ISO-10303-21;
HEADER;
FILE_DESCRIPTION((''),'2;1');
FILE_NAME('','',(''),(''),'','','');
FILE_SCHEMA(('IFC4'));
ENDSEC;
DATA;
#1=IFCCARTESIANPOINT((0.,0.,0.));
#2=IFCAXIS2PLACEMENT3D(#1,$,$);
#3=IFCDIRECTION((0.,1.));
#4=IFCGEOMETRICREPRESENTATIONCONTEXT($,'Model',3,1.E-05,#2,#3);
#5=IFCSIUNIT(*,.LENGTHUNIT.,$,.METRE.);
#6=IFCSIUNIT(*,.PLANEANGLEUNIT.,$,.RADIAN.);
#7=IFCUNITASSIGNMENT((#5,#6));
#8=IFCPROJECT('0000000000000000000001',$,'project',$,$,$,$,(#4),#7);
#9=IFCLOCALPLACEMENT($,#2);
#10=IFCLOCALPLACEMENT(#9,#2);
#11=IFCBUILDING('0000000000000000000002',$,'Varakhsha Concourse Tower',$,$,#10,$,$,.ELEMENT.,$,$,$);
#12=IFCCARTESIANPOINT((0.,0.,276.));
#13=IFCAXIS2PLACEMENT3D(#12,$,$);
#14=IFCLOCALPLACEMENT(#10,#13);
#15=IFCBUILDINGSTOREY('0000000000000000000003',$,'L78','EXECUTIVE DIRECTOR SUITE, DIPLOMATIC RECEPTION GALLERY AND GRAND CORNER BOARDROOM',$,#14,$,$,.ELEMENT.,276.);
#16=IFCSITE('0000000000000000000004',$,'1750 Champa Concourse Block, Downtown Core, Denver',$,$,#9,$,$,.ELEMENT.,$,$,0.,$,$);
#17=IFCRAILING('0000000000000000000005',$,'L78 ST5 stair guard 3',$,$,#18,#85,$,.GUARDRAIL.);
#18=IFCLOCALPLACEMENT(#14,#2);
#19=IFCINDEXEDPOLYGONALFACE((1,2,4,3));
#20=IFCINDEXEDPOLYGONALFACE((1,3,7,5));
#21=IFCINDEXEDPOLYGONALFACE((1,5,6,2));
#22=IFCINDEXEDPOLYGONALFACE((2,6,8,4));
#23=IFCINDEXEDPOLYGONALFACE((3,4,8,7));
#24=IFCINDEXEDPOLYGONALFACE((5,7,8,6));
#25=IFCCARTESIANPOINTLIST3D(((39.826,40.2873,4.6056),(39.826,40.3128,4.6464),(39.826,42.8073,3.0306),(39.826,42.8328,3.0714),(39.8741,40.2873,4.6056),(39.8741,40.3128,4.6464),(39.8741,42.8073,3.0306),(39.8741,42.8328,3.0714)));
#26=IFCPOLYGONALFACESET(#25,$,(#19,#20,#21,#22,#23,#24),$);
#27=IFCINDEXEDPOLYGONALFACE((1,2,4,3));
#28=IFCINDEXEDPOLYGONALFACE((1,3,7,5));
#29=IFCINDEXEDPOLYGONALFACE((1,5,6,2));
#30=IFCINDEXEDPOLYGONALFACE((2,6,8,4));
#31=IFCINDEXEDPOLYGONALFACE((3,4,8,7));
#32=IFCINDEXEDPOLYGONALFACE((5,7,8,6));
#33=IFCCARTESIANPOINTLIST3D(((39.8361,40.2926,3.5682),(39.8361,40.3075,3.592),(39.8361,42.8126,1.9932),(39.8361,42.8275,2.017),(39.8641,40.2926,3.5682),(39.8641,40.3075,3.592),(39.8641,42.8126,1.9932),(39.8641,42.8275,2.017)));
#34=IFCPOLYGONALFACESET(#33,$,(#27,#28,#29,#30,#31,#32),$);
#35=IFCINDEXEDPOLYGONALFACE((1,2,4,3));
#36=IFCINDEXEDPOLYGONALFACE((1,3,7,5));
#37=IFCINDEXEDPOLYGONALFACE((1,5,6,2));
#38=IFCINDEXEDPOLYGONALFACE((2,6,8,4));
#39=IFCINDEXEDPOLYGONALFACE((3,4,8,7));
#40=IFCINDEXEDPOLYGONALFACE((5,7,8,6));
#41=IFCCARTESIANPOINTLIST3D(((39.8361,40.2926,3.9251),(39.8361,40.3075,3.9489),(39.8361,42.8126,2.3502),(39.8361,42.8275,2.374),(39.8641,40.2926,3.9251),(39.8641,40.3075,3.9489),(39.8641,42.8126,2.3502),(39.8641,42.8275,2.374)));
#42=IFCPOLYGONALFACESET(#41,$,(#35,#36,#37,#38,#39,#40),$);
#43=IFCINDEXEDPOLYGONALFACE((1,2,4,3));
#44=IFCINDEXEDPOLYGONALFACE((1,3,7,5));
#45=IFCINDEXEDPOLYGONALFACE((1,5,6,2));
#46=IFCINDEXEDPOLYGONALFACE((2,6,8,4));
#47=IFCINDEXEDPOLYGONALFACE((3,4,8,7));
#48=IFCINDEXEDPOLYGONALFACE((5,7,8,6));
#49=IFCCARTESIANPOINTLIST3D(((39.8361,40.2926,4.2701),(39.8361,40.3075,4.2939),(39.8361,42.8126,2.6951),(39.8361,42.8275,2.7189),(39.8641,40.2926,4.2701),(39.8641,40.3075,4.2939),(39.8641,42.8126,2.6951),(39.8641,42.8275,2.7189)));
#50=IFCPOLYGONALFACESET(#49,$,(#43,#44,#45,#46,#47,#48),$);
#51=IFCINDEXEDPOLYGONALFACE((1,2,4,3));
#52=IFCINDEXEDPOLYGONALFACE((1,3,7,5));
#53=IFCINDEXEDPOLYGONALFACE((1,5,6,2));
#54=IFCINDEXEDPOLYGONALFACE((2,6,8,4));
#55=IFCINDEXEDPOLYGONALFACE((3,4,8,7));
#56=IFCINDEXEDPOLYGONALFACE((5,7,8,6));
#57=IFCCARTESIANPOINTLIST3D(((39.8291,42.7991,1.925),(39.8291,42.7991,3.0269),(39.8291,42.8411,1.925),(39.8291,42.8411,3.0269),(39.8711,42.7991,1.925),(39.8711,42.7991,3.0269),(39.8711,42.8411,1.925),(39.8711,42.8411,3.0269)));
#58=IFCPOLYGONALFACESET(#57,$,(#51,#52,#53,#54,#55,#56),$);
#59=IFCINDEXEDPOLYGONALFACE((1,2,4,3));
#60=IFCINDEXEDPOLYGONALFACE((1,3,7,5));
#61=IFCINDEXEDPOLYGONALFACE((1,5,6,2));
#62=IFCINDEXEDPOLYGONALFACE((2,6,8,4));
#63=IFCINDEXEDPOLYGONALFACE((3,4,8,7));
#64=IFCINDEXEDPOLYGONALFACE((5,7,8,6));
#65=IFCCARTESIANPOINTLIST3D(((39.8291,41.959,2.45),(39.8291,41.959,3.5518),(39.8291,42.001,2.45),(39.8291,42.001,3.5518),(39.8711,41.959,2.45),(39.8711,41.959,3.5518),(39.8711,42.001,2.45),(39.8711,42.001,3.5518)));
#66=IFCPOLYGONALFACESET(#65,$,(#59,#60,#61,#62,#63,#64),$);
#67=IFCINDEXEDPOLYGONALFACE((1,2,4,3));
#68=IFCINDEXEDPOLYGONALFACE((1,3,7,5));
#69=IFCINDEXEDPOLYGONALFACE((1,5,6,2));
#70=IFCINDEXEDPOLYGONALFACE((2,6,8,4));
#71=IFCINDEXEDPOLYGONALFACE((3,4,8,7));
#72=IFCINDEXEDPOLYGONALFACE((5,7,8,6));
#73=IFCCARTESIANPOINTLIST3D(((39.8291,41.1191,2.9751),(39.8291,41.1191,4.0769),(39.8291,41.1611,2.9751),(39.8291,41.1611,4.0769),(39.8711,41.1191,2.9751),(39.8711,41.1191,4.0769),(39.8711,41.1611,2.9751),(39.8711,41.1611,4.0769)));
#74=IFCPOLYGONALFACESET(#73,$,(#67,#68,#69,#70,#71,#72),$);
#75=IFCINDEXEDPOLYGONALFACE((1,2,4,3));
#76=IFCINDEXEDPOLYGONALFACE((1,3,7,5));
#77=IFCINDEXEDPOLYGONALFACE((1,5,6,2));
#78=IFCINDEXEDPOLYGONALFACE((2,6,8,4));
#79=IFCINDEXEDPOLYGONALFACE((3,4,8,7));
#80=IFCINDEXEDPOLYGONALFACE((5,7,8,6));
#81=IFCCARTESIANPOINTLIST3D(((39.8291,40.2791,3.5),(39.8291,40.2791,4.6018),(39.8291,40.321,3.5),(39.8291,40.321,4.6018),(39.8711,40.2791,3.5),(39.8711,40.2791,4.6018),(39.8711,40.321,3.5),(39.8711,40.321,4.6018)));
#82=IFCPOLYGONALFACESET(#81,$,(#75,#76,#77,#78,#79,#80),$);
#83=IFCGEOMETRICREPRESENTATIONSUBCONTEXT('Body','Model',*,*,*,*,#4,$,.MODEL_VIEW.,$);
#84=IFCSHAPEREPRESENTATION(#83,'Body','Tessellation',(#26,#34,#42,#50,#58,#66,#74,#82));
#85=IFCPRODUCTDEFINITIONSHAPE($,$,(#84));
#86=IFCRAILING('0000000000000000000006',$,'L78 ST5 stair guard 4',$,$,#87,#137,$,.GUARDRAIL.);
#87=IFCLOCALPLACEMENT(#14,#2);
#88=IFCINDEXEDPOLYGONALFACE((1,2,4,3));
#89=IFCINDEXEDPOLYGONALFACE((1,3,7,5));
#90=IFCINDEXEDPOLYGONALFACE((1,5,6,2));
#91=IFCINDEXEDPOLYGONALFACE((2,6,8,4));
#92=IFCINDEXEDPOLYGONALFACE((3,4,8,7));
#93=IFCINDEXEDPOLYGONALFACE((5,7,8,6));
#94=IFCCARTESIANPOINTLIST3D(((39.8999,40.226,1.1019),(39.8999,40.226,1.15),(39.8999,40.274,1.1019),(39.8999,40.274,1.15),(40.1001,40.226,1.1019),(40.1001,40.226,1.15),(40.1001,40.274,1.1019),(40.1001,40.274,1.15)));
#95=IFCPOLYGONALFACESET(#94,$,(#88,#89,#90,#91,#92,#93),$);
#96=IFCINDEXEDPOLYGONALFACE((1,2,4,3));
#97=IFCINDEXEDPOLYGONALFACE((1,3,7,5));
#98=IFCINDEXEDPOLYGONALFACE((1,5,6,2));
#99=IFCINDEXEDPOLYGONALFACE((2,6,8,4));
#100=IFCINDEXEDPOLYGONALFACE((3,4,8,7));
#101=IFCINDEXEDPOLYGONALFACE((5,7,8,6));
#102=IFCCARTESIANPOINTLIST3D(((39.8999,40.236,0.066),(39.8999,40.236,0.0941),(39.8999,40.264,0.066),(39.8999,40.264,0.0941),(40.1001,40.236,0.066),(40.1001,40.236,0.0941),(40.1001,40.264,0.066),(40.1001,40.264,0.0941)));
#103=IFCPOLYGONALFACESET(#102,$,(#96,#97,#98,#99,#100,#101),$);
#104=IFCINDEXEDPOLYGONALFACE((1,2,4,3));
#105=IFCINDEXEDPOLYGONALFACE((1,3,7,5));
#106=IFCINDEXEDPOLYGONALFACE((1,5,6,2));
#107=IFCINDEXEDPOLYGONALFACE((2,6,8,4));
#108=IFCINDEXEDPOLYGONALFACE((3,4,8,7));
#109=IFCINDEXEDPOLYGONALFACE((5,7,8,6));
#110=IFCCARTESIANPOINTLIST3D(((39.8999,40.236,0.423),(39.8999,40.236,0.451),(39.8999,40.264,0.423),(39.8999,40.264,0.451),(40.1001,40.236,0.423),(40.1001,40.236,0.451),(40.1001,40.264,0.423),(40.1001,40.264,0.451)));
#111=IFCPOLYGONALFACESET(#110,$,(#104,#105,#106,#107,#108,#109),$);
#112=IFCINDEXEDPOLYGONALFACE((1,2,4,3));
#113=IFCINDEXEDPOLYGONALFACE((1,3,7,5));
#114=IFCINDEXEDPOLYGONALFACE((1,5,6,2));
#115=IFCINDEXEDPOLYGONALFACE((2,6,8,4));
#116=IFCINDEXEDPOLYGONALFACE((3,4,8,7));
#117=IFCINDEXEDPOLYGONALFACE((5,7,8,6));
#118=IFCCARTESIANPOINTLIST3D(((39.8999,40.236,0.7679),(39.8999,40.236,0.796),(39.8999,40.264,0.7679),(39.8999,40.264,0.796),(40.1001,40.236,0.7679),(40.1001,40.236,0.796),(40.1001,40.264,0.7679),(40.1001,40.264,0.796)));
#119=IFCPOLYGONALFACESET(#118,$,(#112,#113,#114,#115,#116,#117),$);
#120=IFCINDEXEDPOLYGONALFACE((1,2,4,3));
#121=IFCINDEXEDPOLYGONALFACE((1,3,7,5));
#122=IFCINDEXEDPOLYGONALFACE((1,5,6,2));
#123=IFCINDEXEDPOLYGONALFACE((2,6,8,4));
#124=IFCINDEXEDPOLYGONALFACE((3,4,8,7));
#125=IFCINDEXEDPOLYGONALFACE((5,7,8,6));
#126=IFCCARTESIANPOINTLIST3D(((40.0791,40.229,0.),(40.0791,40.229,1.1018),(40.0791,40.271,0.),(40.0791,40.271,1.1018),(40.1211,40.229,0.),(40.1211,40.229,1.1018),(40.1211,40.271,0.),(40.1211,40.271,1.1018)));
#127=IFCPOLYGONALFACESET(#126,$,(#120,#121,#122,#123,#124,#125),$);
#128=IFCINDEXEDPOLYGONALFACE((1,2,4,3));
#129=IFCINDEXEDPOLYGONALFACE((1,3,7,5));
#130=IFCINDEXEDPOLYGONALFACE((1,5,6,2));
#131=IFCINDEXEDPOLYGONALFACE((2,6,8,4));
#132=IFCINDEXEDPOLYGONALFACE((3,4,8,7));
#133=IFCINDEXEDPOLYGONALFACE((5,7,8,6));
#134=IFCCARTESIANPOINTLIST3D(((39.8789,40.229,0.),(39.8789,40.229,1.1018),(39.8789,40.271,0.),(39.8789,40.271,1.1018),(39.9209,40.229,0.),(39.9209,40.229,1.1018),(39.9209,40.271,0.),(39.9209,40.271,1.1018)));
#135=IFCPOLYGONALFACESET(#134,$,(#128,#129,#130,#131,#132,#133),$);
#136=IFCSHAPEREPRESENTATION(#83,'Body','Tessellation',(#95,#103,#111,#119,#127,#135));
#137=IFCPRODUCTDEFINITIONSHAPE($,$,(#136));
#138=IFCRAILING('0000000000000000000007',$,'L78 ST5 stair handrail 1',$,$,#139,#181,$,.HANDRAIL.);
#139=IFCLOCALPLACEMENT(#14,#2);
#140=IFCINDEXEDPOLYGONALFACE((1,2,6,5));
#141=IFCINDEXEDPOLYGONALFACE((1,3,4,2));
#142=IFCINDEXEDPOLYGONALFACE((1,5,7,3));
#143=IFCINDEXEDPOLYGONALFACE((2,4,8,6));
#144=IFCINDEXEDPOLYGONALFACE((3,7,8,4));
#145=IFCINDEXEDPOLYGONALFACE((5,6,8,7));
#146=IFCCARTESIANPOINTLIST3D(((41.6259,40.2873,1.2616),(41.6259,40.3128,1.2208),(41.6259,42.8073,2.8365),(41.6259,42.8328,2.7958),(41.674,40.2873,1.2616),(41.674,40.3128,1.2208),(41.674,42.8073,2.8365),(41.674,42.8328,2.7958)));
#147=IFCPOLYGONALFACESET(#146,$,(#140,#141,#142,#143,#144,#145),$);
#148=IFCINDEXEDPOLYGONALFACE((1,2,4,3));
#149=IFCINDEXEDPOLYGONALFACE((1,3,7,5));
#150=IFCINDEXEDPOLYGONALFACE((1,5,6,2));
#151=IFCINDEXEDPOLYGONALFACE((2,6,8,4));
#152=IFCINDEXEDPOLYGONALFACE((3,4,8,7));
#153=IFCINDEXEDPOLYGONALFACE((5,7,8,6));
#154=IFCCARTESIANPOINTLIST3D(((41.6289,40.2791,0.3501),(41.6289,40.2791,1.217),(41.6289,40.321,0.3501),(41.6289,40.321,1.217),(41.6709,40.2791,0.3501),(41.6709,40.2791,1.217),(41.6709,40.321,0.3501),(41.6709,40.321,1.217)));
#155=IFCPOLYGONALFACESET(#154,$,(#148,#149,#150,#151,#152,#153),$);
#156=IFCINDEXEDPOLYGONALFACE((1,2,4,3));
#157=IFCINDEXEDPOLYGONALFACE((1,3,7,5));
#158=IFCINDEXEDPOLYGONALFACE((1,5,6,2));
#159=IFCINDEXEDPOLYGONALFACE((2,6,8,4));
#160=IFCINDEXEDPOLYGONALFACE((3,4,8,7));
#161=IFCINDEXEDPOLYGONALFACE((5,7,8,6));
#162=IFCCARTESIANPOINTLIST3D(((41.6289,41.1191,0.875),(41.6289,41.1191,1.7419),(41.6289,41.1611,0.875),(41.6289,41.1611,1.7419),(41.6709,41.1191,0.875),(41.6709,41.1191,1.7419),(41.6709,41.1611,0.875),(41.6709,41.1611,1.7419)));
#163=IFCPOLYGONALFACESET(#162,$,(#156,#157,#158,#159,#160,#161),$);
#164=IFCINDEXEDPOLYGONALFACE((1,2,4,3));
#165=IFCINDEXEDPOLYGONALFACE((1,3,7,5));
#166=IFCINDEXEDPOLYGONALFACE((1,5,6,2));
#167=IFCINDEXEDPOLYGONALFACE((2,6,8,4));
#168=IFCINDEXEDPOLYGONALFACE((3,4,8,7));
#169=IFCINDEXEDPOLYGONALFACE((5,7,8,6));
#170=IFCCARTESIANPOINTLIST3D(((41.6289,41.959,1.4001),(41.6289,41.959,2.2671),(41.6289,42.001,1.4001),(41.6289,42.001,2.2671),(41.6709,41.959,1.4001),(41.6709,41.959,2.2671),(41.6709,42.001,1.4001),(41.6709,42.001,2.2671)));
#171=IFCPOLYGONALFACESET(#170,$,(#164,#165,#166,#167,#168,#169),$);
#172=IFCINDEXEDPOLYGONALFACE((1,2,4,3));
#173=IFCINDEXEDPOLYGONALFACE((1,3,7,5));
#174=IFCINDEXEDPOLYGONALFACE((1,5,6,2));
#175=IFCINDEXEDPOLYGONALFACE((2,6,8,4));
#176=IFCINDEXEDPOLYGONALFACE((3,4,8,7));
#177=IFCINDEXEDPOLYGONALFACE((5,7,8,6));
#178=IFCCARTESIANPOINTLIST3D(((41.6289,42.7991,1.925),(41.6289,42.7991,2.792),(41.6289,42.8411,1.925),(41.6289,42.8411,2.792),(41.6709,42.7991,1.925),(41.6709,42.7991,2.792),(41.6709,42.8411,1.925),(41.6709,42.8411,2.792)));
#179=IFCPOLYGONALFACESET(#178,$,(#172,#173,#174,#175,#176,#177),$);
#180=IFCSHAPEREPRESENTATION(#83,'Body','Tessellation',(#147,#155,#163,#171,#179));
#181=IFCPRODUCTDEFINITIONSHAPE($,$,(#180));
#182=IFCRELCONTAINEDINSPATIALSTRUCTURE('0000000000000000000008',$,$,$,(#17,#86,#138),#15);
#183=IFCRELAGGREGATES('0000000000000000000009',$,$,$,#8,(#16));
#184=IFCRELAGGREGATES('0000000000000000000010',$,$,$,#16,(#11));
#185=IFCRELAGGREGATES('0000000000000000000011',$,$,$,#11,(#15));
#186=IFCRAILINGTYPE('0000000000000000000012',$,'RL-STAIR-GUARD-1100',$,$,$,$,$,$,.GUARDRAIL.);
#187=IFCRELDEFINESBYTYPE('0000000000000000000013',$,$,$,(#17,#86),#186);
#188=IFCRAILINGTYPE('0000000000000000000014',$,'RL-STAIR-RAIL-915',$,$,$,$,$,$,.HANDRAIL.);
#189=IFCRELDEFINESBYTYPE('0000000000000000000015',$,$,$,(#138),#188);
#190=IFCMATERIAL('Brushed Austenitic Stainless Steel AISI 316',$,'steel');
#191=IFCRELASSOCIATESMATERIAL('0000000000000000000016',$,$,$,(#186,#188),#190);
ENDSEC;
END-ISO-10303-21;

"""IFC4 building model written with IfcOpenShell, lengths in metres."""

from ifc_helpers import new_model, si_unit, direction, frame, origin, origin_2d, place, context, subcontext, project, spatial, rectangle, extrude, material, type_object, element, save


model = new_model("IFC4")

# Units and contexts
model_context = context("Model", 3, precision=1e-05, world=origin(), true_north=direction((0.0, 1.0)))
body_context = subcontext(model_context, "Body", "Model", "MODEL_VIEW")
ifc_project = project(units=[si_unit("LENGTHUNIT", "METRE"), si_unit("PLANEANGLEUNIT", "RADIAN")], contexts=[model_context])

# Site, building, storey
site_placement = place(None, origin())
site = spatial("IfcSite", under=ifc_project, at=site_placement, Name="1750 Champa Concourse Block, Downtown Core, Denver", CompositionType="ELEMENT", RefElevation=0.0)
building_placement = place(site_placement, origin())
building = spatial("IfcBuilding", under=site, at=building_placement, Name="Varakhsha Concourse Tower", CompositionType="ELEMENT")
storey_placement = place(building_placement, frame((0.0, 0.0, 276.0)))
storey = spatial("IfcBuildingStorey", under=building, at=storey_placement, Name="L78", Description="EXECUTIVE DIRECTOR SUITE, DIPLOMATIC RECEPTION GALLERY AND GRAND CORNER BOARDROOM", CompositionType="ELEMENT", Elevation=276.0)

# Railings
ifc_material_1 = material(Name="Brushed Austenitic Stainless Steel AISI 316", Category="steel")
railing_type_1 = type_object("IfcRailingType", Name="RL-STAIR-GUARD-1100", PredefinedType="GUARDRAIL", material=ifc_material_1)
railing_1_placement = place(storey_placement, frame((39.8501, 42.8201, 1.925)))
element("IfcRailing", 1, at=railing_1_placement, inside=storey, type_object=railing_type_1, Name="L78 ST5 stair guard 3", PredefinedType="GUARDRAIL", context=body_context, shape_type="SweptSolid", body=[
    extrude(rectangle(XDim=0.0481, YDim=0.0481, at=origin_2d()), frame((0.0, 0.0, 1.126), z_axis=(0.0, -0.848008, 0.529984), x_axis=(1.0, 0.0, 0.0)), (0.0, 0.0, 1.0), 2.9717),
    extrude(rectangle(XDim=0.0281, YDim=0.0281, at=origin_2d()), frame((0.0, 0.0, 0.0801), z_axis=(0.0, -0.848008, 0.529984), x_axis=(1.0, 0.0, 0.0)), (0.0, 0.0, 1.0), 2.9717),
    extrude(rectangle(XDim=0.0281, YDim=0.0281, at=origin_2d()), frame((0.0, 0.0, 0.437), z_axis=(0.0, -0.848008, 0.529984), x_axis=(1.0, 0.0, 0.0)), (0.0, 0.0, 1.0), 2.9717),
    extrude(rectangle(XDim=0.0281, YDim=0.0281, at=origin_2d()), frame((0.0, 0.0, 0.782), z_axis=(0.0, -0.848008, 0.529984), x_axis=(1.0, 0.0, 0.0)), (0.0, 0.0, 1.0), 2.9717),
    extrude(rectangle(XDim=0.042, YDim=0.042, at=origin_2d()), origin(), (0.0, 0.0, 1.0), 1.1018),
    extrude(rectangle(XDim=0.042, YDim=0.042, at=origin_2d()), frame((0.0, -0.8401, 0.5249)), (0.0, 0.0, 1.0), 1.1018),
    extrude(rectangle(XDim=0.042, YDim=0.042, at=origin_2d()), frame((0.0, -1.6799, 1.05)), (0.0, 0.0, 1.0), 1.1018),
    extrude(rectangle(XDim=0.042, YDim=0.042, at=origin_2d()), frame((0.0, -2.52, 1.575)), (0.0, 0.0, 1.0), 1.1018),
])
railing_2_placement = place(storey_placement, frame((40.1001, 40.25, 0.0)))
element("IfcRailing", 2, at=railing_2_placement, inside=storey, type_object=railing_type_1, Name="L78 ST5 stair guard 4", PredefinedType="GUARDRAIL", context=body_context, shape_type="SweptSolid", body=[
    extrude(rectangle(XDim=0.0481, YDim=0.0481, at=origin_2d()), frame((0.0, 0.0, 1.126), z_axis=(-1.0, 0.0, 0.0), x_axis=(0.0, -1.0, 0.0)), (0.0, 0.0, 1.0), 0.2002),
    extrude(rectangle(XDim=0.0281, YDim=0.0281, at=origin_2d()), frame((0.0, 0.0, 0.0801), z_axis=(-1.0, 0.0, 0.0), x_axis=(0.0, -1.0, 0.0)), (0.0, 0.0, 1.0), 0.2002),
    extrude(rectangle(XDim=0.0281, YDim=0.0281, at=origin_2d()), frame((0.0, 0.0, 0.437), z_axis=(-1.0, 0.0, 0.0), x_axis=(0.0, -1.0, 0.0)), (0.0, 0.0, 1.0), 0.2002),
    extrude(rectangle(XDim=0.0281, YDim=0.0281, at=origin_2d()), frame((0.0, 0.0, 0.782), z_axis=(-1.0, 0.0, 0.0), x_axis=(0.0, -1.0, 0.0)), (0.0, 0.0, 1.0), 0.2002),
    extrude(rectangle(XDim=0.042, YDim=0.042, at=origin_2d()), origin(), (0.0, 0.0, 1.0), 1.1018),
    extrude(rectangle(XDim=0.042, YDim=0.042, at=origin_2d()), frame((-0.2002, 0.0, 0.0)), (0.0, 0.0, 1.0), 1.1018),
])
railing_type_2 = type_object("IfcRailingType", Name="RL-STAIR-RAIL-915", PredefinedType="HANDRAIL", material=ifc_material_1)
railing_3_placement = place(storey_placement, frame((41.6499, 40.3, 0.3501)))
element("IfcRailing", 3, at=railing_3_placement, inside=storey, type_object=railing_type_2, Name="L78 ST5 stair handrail 1", PredefinedType="HANDRAIL", context=body_context, shape_type="SweptSolid", body=[
    extrude(rectangle(XDim=0.0481, YDim=0.0481, at=origin_2d()), frame((0.0, 0.0, 0.8911), z_axis=(0.0, 0.848008, 0.529984), x_axis=(-1.0, 0.0, 0.0)), (0.0, 0.0, 1.0), 2.9717),
    extrude(rectangle(XDim=0.042, YDim=0.042, at=origin_2d()), origin(), (0.0, 0.0, 1.0), 0.8669),
    extrude(rectangle(XDim=0.042, YDim=0.042, at=origin_2d()), frame((0.0, 0.8401, 0.5249)), (0.0, 0.0, 1.0), 0.8669),
    extrude(rectangle(XDim=0.042, YDim=0.042, at=origin_2d()), frame((0.0, 1.6799, 1.05)), (0.0, 0.0, 1.0), 0.8669),
    extrude(rectangle(XDim=0.042, YDim=0.042, at=origin_2d()), frame((0.0, 2.52, 1.575)), (0.0, 0.0, 1.0), 0.8669),
])

save(model, "model.ifc")
